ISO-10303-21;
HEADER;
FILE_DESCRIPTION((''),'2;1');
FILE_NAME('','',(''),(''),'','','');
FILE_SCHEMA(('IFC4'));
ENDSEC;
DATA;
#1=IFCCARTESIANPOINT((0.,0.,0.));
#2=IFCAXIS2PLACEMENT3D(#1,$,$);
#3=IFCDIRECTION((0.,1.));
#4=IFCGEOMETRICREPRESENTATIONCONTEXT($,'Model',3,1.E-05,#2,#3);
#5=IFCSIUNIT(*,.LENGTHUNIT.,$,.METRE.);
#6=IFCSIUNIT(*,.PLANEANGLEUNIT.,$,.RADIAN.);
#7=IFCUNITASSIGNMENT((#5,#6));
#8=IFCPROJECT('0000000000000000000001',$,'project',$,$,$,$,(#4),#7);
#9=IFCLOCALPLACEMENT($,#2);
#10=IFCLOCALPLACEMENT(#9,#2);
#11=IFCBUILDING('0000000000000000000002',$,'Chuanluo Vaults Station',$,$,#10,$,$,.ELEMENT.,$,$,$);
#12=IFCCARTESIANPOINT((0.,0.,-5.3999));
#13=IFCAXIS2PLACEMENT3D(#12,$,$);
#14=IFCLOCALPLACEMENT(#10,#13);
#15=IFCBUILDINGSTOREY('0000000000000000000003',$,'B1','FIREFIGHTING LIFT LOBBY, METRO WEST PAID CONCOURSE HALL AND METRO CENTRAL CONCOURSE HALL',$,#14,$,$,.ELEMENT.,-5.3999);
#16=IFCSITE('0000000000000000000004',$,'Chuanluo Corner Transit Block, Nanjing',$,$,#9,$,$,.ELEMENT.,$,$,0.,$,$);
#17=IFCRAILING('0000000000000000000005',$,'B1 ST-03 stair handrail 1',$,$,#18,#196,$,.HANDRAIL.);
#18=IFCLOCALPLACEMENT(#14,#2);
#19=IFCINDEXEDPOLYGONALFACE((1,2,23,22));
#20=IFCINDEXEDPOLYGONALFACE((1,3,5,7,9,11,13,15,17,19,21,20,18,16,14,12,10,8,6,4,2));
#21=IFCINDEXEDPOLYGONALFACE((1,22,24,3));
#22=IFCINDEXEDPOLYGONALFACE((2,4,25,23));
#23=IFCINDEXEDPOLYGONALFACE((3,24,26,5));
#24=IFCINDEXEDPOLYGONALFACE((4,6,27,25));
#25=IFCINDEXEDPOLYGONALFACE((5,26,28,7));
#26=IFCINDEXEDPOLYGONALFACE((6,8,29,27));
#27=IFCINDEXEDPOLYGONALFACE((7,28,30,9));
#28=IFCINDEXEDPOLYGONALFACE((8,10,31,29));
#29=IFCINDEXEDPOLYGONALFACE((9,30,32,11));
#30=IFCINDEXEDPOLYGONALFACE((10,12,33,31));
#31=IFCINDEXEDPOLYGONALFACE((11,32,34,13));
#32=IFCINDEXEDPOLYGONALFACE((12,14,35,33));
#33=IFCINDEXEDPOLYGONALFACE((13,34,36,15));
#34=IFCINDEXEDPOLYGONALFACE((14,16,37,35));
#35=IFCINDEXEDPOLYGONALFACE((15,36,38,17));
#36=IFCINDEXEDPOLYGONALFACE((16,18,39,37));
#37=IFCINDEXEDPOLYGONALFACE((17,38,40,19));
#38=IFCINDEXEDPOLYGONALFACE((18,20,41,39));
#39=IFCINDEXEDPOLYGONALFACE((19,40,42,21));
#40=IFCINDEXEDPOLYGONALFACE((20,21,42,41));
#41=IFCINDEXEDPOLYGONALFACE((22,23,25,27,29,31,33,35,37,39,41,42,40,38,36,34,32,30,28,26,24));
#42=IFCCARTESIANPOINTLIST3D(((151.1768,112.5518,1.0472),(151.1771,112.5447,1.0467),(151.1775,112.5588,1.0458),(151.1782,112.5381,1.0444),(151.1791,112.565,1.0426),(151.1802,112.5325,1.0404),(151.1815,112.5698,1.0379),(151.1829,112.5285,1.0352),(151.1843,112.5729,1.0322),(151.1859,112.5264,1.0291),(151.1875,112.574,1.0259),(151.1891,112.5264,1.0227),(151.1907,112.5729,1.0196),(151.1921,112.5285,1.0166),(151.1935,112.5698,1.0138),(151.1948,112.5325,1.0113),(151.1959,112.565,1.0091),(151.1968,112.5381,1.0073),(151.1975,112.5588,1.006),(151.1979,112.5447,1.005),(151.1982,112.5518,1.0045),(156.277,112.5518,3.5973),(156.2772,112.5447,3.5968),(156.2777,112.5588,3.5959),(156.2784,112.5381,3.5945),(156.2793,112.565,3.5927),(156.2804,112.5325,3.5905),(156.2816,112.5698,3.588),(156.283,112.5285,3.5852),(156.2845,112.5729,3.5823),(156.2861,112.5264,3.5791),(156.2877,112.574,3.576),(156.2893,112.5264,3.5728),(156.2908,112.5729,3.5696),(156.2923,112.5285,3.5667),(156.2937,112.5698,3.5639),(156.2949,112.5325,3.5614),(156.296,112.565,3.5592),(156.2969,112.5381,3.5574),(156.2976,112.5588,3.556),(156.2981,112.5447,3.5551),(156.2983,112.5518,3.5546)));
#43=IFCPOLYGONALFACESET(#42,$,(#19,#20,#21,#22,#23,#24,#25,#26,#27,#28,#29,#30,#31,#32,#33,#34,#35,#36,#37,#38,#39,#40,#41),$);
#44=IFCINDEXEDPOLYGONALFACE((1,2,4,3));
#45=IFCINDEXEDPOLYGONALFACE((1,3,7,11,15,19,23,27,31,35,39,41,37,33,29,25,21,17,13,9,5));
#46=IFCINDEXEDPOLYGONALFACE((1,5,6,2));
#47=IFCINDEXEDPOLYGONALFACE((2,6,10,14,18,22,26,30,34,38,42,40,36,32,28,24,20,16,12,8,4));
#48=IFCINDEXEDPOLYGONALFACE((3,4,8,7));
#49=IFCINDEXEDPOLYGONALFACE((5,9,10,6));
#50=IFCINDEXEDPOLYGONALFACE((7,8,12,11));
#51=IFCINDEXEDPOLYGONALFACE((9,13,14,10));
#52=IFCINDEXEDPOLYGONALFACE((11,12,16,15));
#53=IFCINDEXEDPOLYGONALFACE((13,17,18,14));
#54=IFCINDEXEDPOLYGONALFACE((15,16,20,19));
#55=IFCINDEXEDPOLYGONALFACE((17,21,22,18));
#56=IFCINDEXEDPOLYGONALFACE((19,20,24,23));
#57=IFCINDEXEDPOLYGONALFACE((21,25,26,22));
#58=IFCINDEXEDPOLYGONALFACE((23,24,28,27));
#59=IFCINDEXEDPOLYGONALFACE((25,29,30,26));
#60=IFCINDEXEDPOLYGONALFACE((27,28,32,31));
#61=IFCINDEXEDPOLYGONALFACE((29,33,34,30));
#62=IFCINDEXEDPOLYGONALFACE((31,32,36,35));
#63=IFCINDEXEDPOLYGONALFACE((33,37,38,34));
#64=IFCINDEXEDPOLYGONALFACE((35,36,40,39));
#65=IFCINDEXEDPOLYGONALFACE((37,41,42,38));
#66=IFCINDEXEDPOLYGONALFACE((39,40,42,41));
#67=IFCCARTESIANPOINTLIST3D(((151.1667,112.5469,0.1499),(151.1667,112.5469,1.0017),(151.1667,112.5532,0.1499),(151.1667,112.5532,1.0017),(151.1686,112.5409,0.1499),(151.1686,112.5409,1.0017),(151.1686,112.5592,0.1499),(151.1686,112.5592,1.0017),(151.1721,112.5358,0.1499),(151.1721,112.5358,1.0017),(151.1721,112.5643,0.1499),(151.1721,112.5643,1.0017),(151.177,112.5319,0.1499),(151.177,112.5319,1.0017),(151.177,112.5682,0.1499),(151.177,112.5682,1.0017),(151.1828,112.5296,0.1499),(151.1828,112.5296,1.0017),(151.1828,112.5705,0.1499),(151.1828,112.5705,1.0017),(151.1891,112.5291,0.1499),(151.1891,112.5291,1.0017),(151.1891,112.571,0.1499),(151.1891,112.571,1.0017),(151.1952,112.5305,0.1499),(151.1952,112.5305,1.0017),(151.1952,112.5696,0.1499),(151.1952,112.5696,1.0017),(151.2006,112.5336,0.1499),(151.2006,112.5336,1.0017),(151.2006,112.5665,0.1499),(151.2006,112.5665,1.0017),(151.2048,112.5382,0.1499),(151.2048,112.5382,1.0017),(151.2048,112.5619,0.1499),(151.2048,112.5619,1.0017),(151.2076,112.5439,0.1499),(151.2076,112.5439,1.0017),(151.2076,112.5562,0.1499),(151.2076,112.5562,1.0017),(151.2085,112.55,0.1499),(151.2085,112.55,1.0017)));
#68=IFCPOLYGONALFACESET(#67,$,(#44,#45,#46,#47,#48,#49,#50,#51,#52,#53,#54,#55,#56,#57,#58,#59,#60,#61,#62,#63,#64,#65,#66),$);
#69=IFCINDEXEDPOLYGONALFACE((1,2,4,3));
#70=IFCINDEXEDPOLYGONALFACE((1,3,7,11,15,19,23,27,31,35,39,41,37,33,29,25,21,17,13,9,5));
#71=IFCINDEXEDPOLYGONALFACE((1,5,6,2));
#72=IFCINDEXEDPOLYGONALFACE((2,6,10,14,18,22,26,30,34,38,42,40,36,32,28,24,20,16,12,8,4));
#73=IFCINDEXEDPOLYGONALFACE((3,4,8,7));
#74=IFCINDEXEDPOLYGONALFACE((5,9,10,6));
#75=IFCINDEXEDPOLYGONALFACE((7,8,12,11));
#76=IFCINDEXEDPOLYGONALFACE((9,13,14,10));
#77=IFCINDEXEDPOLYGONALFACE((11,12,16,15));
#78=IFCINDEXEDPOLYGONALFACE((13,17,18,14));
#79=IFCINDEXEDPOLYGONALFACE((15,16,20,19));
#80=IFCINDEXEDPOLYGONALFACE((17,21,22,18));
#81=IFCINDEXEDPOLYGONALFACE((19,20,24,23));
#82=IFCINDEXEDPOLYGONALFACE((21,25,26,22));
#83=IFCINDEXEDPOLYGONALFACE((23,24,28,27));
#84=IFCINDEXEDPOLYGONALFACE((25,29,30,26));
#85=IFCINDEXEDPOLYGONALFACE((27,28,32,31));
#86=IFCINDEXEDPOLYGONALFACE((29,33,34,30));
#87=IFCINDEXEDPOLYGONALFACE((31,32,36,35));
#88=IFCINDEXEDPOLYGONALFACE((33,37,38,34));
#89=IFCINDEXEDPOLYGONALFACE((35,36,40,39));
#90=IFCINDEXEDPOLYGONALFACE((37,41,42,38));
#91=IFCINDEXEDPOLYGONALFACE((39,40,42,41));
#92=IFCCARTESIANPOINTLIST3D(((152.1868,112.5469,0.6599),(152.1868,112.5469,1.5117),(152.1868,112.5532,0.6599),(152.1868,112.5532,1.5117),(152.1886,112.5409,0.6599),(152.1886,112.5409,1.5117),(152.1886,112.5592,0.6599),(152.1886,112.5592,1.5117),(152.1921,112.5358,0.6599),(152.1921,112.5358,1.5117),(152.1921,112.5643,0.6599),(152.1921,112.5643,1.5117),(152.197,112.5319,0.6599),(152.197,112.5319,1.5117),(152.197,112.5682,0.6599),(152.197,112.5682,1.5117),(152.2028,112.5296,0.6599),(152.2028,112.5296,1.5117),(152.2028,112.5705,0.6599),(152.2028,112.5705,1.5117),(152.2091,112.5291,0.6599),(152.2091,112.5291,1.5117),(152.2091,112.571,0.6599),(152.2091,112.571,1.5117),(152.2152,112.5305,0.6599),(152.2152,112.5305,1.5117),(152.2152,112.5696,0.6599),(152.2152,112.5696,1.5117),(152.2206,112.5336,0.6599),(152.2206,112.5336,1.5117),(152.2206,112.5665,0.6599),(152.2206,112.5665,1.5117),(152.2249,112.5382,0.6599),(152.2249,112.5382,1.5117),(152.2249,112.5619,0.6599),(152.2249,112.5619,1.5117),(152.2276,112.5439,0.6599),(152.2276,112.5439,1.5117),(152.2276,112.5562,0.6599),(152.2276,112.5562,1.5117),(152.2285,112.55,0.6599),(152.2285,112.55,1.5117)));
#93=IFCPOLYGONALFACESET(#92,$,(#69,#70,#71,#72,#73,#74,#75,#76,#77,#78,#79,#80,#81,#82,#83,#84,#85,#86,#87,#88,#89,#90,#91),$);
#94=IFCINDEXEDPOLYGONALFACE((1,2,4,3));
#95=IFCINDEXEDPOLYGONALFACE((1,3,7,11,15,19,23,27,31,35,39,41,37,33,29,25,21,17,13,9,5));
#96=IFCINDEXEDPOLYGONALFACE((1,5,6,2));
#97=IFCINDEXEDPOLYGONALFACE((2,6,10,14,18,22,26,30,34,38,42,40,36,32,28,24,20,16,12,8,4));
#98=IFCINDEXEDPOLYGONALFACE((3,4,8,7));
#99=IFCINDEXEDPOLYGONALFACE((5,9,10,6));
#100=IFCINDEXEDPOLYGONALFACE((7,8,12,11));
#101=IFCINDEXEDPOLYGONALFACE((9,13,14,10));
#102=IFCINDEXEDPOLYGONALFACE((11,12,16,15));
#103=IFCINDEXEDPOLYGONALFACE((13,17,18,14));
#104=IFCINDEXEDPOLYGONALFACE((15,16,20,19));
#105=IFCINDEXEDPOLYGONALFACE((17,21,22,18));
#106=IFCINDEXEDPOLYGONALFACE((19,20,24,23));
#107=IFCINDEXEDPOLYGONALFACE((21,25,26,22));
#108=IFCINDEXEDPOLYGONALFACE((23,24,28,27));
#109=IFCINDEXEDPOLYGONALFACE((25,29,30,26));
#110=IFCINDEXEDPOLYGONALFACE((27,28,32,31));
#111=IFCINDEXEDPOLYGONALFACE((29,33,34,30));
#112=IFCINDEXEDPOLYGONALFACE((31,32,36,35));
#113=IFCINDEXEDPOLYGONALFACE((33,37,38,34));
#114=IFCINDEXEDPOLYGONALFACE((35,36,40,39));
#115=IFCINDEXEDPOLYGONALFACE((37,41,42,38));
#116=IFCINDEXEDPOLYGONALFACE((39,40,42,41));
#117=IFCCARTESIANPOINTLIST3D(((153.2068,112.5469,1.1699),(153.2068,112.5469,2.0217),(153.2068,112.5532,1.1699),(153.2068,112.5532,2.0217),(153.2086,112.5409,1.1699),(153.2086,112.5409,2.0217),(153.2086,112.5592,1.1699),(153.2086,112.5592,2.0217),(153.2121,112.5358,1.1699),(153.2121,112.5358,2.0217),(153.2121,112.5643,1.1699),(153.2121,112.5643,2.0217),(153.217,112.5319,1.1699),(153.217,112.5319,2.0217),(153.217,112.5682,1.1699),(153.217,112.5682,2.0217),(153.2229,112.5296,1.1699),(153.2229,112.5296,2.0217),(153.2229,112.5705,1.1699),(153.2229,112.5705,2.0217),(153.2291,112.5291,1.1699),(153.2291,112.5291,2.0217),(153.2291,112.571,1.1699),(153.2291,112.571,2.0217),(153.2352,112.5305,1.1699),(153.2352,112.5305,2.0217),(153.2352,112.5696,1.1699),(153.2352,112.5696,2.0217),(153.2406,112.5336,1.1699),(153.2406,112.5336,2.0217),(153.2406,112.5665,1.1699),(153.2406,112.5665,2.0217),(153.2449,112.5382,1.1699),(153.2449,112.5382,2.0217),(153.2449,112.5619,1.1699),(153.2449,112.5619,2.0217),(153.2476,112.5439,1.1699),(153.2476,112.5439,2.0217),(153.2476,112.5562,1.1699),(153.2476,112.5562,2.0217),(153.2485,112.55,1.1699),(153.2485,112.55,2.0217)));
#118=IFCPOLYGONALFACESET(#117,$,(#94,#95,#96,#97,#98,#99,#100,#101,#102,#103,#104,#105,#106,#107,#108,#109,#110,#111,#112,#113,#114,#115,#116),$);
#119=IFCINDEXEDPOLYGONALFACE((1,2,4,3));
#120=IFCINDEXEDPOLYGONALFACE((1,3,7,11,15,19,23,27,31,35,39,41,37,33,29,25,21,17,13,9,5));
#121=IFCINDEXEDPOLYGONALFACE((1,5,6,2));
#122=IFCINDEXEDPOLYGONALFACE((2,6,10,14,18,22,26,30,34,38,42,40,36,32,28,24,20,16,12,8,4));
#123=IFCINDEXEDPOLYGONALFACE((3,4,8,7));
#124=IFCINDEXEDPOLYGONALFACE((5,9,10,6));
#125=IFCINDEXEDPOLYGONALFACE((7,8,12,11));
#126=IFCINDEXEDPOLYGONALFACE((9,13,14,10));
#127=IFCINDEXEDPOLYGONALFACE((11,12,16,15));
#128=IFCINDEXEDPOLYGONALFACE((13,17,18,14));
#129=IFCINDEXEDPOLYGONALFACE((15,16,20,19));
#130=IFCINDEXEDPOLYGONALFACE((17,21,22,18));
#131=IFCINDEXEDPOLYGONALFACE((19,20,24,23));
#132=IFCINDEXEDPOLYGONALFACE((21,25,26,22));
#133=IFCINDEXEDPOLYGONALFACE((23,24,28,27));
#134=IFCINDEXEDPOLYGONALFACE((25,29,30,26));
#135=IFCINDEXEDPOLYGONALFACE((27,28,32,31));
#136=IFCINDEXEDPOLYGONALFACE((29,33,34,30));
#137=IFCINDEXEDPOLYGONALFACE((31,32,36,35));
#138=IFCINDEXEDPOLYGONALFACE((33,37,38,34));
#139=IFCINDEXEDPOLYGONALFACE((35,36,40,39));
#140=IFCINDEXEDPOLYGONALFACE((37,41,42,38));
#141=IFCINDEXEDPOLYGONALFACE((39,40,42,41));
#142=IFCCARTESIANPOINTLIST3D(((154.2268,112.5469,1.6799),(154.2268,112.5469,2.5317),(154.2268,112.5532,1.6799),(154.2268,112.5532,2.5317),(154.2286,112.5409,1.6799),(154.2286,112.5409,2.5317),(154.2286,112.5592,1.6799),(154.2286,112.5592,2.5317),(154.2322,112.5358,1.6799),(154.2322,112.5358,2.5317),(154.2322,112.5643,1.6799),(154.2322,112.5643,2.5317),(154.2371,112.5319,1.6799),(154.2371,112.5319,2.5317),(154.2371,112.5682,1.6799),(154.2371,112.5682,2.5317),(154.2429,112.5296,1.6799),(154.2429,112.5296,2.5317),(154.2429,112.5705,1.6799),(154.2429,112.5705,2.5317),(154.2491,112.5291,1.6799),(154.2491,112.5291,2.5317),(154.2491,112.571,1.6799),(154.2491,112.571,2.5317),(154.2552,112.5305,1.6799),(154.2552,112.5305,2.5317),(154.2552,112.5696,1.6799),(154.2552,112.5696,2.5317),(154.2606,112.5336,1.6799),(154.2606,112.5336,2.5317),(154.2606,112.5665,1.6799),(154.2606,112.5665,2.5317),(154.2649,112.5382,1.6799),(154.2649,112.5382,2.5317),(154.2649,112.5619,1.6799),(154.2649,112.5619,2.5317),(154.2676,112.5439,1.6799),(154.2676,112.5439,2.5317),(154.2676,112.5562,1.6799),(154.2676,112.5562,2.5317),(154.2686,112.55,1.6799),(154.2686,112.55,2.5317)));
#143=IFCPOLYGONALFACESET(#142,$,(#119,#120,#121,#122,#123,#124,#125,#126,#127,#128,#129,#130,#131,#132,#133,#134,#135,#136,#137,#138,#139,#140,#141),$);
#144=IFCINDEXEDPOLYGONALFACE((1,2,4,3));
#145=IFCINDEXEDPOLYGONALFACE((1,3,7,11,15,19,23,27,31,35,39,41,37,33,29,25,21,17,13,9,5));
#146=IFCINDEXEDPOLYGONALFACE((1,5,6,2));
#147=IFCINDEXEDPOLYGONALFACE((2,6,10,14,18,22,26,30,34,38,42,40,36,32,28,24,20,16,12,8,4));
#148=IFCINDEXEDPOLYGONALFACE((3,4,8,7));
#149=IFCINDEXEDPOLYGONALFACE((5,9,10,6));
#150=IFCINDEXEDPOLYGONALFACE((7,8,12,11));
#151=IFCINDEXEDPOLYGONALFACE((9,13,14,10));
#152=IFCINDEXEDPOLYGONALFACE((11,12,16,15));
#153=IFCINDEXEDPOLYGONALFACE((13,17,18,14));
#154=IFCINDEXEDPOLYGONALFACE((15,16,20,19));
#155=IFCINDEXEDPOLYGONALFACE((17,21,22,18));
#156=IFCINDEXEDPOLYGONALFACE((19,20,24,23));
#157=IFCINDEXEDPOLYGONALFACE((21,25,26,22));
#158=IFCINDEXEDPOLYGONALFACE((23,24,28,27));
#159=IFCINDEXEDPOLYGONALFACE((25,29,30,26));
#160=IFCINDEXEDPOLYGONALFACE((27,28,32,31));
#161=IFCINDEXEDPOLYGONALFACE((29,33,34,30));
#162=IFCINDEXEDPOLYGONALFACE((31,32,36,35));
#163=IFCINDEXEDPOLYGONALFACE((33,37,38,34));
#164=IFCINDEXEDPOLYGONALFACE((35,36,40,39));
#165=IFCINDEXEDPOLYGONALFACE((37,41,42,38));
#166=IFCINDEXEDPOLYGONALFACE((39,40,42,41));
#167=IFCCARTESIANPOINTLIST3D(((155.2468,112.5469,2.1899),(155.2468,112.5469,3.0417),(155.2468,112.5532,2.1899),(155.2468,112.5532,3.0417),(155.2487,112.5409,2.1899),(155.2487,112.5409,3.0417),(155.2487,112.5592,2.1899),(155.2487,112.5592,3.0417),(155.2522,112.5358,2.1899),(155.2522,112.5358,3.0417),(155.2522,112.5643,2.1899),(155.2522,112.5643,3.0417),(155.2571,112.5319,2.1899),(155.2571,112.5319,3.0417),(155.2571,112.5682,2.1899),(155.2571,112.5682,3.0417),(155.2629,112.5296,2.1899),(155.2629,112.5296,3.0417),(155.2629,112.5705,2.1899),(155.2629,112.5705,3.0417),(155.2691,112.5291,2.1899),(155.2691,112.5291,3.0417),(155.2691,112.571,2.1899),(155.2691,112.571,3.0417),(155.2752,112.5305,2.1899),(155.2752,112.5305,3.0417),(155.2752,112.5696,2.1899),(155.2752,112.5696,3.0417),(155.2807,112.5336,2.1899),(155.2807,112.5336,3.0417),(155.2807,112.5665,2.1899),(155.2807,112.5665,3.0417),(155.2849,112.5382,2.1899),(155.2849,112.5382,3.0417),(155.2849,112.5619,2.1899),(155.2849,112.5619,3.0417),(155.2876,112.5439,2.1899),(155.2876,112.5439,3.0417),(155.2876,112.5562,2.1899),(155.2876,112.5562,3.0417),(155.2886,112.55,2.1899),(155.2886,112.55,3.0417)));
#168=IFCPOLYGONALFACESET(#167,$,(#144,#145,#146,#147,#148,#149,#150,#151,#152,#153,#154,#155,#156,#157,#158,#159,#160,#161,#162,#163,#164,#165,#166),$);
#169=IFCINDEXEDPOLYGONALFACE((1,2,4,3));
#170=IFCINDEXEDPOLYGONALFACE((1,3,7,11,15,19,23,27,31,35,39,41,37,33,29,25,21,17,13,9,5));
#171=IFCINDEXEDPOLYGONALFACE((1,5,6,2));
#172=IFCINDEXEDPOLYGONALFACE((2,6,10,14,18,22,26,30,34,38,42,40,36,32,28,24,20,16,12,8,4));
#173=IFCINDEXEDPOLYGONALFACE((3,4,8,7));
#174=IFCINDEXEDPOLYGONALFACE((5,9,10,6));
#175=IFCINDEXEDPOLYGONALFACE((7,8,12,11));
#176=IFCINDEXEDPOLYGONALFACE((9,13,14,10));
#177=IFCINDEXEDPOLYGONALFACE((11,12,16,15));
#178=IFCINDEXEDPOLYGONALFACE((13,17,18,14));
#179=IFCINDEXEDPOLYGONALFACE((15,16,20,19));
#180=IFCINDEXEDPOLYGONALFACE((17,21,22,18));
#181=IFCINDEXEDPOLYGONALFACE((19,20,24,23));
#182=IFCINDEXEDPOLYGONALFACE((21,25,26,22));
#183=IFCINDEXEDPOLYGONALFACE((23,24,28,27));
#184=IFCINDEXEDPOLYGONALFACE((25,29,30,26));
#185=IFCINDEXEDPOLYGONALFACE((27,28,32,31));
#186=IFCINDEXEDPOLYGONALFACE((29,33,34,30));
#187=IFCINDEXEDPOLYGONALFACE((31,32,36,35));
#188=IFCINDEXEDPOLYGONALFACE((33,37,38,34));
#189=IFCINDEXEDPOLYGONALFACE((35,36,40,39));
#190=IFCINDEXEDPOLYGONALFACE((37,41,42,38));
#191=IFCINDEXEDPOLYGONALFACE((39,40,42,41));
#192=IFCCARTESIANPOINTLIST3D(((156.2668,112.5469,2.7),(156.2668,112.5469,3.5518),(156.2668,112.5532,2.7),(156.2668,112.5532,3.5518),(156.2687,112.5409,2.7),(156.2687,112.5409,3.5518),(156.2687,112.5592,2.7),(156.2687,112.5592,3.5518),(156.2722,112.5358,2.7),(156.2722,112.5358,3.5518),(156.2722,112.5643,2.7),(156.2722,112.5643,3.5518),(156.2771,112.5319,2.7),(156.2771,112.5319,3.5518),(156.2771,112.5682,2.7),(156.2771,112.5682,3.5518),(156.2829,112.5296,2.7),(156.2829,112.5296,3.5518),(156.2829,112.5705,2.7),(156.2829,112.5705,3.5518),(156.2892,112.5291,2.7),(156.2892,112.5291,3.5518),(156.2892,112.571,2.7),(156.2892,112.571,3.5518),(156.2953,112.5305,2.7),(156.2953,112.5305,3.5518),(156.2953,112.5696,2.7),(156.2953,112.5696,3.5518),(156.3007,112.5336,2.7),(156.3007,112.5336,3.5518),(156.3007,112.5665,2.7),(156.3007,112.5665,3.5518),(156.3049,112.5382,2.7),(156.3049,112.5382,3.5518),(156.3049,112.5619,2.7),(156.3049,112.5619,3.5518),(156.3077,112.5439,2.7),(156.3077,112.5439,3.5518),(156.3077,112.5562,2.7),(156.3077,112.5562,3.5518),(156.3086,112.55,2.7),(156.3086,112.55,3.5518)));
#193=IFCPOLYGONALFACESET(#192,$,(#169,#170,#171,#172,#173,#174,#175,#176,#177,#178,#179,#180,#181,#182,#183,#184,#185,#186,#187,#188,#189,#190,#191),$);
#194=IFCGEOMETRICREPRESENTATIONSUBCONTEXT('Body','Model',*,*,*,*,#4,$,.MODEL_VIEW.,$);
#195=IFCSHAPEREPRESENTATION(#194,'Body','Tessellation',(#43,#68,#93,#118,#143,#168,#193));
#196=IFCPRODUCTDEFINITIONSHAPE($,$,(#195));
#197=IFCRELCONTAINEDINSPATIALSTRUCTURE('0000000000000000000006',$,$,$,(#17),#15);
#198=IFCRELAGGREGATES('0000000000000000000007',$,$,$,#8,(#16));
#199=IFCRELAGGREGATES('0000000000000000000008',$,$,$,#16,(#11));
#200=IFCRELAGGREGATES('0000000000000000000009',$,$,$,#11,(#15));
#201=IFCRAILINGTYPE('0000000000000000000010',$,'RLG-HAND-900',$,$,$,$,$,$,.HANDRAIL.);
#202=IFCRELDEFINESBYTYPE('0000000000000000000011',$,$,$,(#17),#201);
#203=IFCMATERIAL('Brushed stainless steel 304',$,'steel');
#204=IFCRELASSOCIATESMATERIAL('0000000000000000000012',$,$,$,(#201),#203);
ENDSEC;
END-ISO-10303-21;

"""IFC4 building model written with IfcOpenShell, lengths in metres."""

from ifc_helpers import new_model, si_unit, direction, frame, origin, origin_2d, place, context, subcontext, project, spatial, circle, extrude, material, type_object, element, save


model = new_model("IFC4")

# Units and contexts
model_context = context("Model", 3, precision=1e-05, world=origin(), true_north=direction((0.0, 1.0)))
body_context = subcontext(model_context, "Body", "Model", "MODEL_VIEW")
ifc_project = project(units=[si_unit("LENGTHUNIT", "METRE"), si_unit("PLANEANGLEUNIT", "RADIAN")], contexts=[model_context])

# Site, building, storey
site_placement = place(None, origin())
site = spatial("IfcSite", under=ifc_project, at=site_placement, Name="Chuanluo Corner Transit Block, Nanjing", CompositionType="ELEMENT", RefElevation=0.0)
building_placement = place(site_placement, origin())
building = spatial("IfcBuilding", under=site, at=building_placement, Name="Chuanluo Vaults Station", CompositionType="ELEMENT")
storey_placement = place(building_placement, frame((0.0, 0.0, -5.3999)))
storey = spatial("IfcBuildingStorey", under=building, at=storey_placement, Name="B1", Description="FIREFIGHTING LIFT LOBBY, METRO WEST PAID CONCOURSE HALL AND METRO CENTRAL CONCOURSE HALL", CompositionType="ELEMENT", Elevation=-5.3999)

# Railing
ifc_material_1 = material(Name="Brushed stainless steel 304", Category="steel")
railing_type_1 = type_object("IfcRailingType", Name="RLG-HAND-900", PredefinedType="HANDRAIL", material=ifc_material_1)
railing_1_placement = place(storey_placement, frame((151.1875, 112.55, 0.1499)))
element("IfcRailing", 1, at=railing_1_placement, inside=storey, type_object=railing_type_1, Name="B1 ST-03 stair handrail 1", PredefinedType="HANDRAIL", context=body_context, shape_type="SweptSolid", body=[
    extrude(circle(Radius=0.0239, at=origin_2d()), frame((0.0, 0.0, 0.876), z_axis=(0.894427, 0.0, 0.447214), x_axis=(0.0, 1.0, 0.0)), (0.0, 0.0, 1.0), 5.7021),
    extrude(circle(Radius=0.021, at=origin_2d()), origin(), (0.0, 0.0, 1.0), 0.8518),
    extrude(circle(Radius=0.021, at=origin_2d()), frame((1.02, 0.0, 0.51)), (0.0, 0.0, 1.0), 0.8518),
    extrude(circle(Radius=0.021, at=origin_2d()), frame((2.04, 0.0, 1.02)), (0.0, 0.0, 1.0), 0.8518),
    extrude(circle(Radius=0.021, at=origin_2d()), frame((3.0601, 0.0, 1.53)), (0.0, 0.0, 1.0), 0.8518),
    extrude(circle(Radius=0.021, at=origin_2d()), frame((4.0801, 0.0, 2.04)), (0.0, 0.0, 1.0), 0.8518),
    extrude(circle(Radius=0.021, at=origin_2d()), frame((5.1001, 0.0, 2.55)), (0.0, 0.0, 1.0), 0.8518),
])

save(model, "model.ifc")
